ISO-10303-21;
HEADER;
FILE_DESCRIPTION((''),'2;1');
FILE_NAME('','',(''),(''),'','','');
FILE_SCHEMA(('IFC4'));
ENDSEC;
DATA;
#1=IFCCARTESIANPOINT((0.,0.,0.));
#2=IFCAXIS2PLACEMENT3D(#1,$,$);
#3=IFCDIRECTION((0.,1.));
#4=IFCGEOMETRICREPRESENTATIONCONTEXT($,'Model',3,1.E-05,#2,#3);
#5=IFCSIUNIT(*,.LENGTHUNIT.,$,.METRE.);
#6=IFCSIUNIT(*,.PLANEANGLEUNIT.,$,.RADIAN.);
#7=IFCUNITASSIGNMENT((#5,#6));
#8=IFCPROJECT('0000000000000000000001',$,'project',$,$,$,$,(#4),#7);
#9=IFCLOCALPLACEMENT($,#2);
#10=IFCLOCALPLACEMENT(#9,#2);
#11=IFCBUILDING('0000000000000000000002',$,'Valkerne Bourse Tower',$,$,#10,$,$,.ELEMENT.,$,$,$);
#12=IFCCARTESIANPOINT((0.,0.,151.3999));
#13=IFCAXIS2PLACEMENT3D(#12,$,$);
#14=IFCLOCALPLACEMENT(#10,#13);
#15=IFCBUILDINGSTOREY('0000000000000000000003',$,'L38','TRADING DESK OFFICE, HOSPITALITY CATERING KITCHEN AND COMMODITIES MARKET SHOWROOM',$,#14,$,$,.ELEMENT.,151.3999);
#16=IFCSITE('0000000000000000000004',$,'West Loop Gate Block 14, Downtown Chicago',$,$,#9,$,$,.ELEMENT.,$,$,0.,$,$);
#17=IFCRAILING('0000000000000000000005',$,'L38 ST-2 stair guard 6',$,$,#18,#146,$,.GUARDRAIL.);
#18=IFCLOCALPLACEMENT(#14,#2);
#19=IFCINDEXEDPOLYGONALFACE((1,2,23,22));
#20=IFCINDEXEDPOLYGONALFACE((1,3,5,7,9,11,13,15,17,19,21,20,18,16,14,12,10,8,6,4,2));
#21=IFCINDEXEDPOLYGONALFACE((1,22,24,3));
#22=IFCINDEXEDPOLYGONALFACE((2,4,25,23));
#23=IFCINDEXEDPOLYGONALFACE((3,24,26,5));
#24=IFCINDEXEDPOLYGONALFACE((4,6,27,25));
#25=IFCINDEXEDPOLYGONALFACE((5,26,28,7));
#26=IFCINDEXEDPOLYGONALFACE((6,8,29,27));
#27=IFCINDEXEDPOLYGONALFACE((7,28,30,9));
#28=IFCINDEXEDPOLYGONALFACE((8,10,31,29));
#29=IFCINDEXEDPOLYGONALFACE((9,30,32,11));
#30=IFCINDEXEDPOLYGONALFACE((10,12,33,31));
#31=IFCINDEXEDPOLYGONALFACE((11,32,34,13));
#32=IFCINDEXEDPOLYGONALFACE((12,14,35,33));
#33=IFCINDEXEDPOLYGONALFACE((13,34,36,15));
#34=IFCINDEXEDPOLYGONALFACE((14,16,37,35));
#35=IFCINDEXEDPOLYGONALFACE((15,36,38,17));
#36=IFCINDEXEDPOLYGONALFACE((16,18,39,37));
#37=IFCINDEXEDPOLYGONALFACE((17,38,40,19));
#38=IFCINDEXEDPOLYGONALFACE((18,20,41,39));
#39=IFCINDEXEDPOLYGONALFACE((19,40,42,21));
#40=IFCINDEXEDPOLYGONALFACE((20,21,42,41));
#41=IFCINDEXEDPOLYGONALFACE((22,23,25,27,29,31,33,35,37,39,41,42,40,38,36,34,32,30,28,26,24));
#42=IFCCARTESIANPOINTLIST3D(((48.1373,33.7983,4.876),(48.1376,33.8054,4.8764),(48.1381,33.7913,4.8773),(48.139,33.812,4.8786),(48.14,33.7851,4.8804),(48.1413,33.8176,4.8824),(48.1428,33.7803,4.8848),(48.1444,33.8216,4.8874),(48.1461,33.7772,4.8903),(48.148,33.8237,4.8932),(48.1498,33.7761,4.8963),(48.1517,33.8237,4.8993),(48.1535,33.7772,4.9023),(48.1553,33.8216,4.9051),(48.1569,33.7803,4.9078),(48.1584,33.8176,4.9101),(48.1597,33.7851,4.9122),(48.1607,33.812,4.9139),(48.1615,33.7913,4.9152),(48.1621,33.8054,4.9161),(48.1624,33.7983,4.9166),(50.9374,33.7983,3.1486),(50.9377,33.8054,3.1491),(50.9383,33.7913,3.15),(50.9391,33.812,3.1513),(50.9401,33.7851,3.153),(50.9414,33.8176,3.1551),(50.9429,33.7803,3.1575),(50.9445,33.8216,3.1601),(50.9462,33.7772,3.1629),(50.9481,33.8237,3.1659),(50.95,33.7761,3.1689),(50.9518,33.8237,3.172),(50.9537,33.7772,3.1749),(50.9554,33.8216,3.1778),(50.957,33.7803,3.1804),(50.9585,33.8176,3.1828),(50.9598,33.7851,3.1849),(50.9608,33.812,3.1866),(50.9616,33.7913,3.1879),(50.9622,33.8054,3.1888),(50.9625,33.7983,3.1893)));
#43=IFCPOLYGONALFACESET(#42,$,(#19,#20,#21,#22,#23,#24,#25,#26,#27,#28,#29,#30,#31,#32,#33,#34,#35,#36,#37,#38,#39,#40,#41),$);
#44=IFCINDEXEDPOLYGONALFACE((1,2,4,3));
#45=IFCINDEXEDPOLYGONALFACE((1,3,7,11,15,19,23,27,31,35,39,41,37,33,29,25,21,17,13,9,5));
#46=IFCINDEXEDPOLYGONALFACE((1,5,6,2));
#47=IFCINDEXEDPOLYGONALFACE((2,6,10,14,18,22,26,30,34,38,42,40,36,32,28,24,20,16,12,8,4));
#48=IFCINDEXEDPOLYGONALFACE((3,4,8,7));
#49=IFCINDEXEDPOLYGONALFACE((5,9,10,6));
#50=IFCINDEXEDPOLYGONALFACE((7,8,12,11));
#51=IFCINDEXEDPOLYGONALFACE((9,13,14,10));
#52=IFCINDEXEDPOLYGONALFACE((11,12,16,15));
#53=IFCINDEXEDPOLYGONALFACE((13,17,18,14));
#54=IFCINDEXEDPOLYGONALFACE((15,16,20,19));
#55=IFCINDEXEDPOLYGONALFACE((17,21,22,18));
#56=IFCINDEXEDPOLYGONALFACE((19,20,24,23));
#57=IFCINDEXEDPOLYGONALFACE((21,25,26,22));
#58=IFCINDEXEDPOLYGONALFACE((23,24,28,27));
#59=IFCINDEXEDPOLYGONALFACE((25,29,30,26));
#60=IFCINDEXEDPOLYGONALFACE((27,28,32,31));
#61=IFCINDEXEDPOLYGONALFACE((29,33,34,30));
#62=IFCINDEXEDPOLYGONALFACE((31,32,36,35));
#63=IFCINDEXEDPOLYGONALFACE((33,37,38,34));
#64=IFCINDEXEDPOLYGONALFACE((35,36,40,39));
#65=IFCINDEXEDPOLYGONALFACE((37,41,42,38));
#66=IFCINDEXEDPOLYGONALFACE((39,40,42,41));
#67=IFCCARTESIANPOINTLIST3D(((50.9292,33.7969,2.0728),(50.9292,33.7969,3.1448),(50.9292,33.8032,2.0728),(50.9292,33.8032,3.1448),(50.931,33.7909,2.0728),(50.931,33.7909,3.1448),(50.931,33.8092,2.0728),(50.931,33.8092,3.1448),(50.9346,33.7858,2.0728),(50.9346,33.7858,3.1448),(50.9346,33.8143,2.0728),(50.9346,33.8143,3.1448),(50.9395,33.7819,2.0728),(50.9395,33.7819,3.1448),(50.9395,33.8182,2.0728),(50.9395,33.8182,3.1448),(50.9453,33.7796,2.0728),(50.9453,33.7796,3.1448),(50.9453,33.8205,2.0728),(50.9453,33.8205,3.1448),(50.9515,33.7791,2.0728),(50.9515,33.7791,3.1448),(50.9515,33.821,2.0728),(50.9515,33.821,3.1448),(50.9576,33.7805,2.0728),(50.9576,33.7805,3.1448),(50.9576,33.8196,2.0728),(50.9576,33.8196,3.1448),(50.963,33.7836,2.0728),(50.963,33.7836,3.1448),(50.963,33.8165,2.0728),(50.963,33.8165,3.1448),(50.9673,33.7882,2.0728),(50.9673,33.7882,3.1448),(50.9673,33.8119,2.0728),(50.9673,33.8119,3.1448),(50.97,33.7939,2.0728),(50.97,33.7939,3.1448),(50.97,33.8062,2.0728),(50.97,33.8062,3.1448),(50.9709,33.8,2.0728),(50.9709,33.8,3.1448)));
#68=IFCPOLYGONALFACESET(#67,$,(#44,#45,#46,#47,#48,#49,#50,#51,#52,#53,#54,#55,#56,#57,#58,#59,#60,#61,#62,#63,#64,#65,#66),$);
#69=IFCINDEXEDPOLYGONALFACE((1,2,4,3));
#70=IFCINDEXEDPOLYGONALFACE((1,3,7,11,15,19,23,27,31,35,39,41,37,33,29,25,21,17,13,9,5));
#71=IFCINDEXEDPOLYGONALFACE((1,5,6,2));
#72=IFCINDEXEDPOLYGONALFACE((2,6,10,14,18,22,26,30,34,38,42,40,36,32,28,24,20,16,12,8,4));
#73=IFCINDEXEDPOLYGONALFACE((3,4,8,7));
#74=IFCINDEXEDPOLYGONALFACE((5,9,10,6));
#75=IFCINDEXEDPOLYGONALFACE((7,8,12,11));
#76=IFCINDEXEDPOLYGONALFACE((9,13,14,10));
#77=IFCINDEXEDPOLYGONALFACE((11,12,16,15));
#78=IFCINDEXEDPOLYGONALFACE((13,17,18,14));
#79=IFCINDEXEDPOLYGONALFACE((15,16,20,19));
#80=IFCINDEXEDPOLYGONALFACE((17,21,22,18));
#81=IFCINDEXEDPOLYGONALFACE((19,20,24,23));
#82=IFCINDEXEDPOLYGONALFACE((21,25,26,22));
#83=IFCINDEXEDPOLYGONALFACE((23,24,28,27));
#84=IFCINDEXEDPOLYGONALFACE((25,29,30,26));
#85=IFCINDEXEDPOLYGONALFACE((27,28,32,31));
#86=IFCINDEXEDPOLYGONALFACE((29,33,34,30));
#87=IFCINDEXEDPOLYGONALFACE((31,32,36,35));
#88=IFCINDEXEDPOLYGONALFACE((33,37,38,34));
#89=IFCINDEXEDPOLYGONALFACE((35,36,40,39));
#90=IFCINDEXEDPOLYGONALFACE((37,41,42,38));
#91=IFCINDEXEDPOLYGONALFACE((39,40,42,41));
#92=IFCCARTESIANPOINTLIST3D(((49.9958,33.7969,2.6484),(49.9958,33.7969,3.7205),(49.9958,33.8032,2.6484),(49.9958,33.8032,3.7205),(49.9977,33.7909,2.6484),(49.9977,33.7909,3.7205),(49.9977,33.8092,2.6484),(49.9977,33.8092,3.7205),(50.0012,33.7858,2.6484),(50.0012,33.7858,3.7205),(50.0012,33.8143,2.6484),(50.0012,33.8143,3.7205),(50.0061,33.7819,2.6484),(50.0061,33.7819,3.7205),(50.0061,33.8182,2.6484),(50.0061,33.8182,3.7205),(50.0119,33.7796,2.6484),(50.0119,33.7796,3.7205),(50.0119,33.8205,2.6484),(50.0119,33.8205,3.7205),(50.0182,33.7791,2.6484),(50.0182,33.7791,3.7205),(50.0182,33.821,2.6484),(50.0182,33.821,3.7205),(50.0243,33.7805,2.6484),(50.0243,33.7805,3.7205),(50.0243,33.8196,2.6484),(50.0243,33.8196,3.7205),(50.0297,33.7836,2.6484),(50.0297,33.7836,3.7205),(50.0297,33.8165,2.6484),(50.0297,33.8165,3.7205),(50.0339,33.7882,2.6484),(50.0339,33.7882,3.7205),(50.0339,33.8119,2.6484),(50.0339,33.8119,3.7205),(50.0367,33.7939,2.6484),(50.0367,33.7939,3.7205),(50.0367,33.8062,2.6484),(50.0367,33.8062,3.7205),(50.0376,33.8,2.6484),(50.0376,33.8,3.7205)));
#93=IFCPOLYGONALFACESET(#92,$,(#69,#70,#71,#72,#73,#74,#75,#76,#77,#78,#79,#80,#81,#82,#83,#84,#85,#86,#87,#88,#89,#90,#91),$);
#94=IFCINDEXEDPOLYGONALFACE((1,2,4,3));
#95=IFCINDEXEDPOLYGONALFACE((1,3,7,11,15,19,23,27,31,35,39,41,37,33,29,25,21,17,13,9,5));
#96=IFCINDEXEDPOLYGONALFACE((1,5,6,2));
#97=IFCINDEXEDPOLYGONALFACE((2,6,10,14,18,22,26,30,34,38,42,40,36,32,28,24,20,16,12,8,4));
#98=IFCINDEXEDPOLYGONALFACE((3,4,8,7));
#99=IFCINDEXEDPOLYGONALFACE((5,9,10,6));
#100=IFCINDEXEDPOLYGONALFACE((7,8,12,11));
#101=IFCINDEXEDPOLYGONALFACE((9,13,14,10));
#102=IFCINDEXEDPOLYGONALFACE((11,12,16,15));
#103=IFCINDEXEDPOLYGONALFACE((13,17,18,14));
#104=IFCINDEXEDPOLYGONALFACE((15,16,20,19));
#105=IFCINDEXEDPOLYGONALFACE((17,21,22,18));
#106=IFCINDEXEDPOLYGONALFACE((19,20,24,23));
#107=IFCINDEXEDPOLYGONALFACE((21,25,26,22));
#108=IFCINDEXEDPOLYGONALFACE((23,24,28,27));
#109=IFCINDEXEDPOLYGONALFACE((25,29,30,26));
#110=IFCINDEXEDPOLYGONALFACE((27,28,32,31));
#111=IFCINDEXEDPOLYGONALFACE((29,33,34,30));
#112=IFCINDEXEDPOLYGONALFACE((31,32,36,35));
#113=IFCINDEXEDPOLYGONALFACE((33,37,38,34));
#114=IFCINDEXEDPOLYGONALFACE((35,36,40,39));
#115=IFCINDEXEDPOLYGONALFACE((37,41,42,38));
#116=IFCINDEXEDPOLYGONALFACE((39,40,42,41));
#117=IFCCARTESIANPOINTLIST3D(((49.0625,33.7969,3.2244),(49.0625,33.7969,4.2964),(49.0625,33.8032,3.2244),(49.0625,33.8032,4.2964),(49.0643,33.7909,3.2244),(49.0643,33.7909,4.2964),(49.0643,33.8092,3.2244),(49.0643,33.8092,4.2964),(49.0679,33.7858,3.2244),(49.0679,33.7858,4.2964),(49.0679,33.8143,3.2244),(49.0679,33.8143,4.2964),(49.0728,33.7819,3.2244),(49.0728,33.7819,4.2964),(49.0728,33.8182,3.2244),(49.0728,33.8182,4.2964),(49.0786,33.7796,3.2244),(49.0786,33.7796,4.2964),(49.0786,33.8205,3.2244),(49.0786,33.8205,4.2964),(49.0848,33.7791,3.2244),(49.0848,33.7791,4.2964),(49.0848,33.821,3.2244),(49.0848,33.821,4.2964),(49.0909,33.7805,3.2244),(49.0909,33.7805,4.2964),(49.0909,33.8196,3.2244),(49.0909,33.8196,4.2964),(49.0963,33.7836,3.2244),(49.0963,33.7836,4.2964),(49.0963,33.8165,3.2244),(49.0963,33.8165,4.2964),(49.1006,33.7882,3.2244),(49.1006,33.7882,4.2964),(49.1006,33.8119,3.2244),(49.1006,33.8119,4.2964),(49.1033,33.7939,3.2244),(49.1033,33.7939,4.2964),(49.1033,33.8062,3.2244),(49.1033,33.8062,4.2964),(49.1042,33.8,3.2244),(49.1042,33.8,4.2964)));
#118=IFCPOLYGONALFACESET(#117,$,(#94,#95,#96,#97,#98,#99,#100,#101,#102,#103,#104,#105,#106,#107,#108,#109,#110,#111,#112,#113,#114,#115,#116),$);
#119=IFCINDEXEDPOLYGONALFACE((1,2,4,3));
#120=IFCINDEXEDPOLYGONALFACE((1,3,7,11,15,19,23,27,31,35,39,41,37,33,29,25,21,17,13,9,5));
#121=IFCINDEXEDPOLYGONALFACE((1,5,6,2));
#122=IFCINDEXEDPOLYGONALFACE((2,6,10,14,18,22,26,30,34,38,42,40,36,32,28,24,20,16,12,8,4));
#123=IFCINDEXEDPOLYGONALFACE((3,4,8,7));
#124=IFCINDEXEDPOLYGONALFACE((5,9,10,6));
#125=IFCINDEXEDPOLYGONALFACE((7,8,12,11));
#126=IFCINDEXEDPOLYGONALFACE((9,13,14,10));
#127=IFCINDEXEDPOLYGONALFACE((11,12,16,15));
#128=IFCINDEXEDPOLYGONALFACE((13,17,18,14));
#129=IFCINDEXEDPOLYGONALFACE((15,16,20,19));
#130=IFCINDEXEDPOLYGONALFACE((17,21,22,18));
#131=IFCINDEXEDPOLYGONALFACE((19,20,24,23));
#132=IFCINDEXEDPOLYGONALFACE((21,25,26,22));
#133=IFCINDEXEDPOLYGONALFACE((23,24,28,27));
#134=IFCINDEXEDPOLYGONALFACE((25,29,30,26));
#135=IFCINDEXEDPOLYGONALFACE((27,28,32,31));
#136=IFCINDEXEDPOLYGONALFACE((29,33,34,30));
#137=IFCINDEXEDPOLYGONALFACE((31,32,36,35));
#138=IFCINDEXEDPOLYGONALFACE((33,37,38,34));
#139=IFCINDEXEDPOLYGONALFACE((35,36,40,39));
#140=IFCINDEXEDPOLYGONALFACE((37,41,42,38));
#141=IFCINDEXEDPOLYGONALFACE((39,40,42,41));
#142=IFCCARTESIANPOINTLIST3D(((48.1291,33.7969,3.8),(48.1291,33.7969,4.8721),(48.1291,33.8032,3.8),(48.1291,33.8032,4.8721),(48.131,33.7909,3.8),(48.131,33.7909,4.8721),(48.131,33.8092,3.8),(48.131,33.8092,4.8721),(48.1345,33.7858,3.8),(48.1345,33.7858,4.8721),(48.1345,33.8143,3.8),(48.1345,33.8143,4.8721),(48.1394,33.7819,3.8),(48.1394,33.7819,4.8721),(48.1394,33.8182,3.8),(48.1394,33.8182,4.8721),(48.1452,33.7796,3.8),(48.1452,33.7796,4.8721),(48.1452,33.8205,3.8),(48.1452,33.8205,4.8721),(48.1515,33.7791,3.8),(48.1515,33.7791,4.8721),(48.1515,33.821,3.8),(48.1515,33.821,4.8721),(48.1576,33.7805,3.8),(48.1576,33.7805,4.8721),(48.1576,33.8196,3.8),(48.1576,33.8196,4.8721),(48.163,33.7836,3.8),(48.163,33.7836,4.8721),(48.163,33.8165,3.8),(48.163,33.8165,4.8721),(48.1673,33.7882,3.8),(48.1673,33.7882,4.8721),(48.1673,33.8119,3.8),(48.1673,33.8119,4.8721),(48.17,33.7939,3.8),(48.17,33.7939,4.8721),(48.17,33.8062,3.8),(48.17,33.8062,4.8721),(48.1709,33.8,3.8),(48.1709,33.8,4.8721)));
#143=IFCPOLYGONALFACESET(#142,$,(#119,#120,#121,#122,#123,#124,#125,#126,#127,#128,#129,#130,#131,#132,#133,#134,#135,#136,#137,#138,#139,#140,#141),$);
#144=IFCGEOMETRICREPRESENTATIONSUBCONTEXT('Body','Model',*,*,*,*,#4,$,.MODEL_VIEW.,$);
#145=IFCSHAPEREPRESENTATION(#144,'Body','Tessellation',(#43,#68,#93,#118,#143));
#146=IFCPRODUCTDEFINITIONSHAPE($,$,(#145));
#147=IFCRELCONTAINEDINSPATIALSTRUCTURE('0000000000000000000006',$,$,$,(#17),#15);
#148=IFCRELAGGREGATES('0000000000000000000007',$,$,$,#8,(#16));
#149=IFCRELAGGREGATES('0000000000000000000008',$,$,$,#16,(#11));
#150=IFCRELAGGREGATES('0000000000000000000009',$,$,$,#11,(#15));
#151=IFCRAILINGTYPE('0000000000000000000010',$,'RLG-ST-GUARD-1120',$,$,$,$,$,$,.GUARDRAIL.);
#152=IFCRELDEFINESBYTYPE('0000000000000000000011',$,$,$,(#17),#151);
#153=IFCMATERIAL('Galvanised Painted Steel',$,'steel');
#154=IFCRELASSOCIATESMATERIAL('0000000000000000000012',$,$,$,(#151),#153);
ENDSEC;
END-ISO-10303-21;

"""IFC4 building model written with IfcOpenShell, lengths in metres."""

from ifc_helpers import new_model, si_unit, direction, frame, origin, origin_2d, place, context, subcontext, project, spatial, circle, extrude, material, type_object, element, save


model = new_model("IFC4")

# Units and contexts
model_context = context("Model", 3, precision=1e-05, world=origin(), true_north=direction((0.0, 1.0)))
body_context = subcontext(model_context, "Body", "Model", "MODEL_VIEW")
ifc_project = project(units=[si_unit("LENGTHUNIT", "METRE"), si_unit("PLANEANGLEUNIT", "RADIAN")], contexts=[model_context])

# Site, building, storey
site_placement = place(None, origin())
site = spatial("IfcSite", under=ifc_project, at=site_placement, Name="West Loop Gate Block 14, Downtown Chicago", CompositionType="ELEMENT", RefElevation=0.0)
building_placement = place(site_placement, origin())
building = spatial("IfcBuilding", under=site, at=building_placement, Name="Valkerne Bourse Tower", CompositionType="ELEMENT")
storey_placement = place(building_placement, frame((0.0, 0.0, 151.3999)))
storey = spatial("IfcBuildingStorey", under=building, at=storey_placement, Name="L38", Description="TRADING DESK OFFICE, HOSPITALITY CATERING KITCHEN AND COMMODITIES MARKET SHOWROOM", CompositionType="ELEMENT", Elevation=151.3999)

# Shared definitions
ifc_material_1 = material(Name="Galvanised Painted Steel", Category="steel")

# Railing
railing_type_1 = type_object("IfcRailingType", Name="RLG-ST-GUARD-1120", PredefinedType="GUARDRAIL", material=ifc_material_1)
railing_1_placement = place(storey_placement, frame((50.95, 33.8, 2.0728)))
element("IfcRailing", 1, at=railing_1_placement, inside=storey, type_object=railing_type_1, Name="L38 ST-2 stair guard 6", PredefinedType="GUARDRAIL", context=body_context, shape_type="SweptSolid", body=[
    extrude(circle(Radius=0.0239, at=origin_2d()), frame((0.0, 0.0, 1.0962), z_axis=(-0.85109, 0.0, 0.52502), x_axis=(0.0, -1.0, 0.0)), (0.0, 0.0, 1.0), 3.29),
    extrude(circle(Radius=0.021, at=origin_2d()), origin(), (0.0, 0.0, 1.0), 1.072),
    extrude(circle(Radius=0.021, at=origin_2d()), frame((-0.9333, 0.0, 0.5757)), (0.0, 0.0, 1.0), 1.072),
    extrude(circle(Radius=0.021, at=origin_2d()), frame((-1.8667, 0.0, 1.1516)), (0.0, 0.0, 1.0), 1.072),
    extrude(circle(Radius=0.021, at=origin_2d()), frame((-2.8, 0.0, 1.7273)), (0.0, 0.0, 1.0), 1.072),
])

save(model, "model.ifc")
